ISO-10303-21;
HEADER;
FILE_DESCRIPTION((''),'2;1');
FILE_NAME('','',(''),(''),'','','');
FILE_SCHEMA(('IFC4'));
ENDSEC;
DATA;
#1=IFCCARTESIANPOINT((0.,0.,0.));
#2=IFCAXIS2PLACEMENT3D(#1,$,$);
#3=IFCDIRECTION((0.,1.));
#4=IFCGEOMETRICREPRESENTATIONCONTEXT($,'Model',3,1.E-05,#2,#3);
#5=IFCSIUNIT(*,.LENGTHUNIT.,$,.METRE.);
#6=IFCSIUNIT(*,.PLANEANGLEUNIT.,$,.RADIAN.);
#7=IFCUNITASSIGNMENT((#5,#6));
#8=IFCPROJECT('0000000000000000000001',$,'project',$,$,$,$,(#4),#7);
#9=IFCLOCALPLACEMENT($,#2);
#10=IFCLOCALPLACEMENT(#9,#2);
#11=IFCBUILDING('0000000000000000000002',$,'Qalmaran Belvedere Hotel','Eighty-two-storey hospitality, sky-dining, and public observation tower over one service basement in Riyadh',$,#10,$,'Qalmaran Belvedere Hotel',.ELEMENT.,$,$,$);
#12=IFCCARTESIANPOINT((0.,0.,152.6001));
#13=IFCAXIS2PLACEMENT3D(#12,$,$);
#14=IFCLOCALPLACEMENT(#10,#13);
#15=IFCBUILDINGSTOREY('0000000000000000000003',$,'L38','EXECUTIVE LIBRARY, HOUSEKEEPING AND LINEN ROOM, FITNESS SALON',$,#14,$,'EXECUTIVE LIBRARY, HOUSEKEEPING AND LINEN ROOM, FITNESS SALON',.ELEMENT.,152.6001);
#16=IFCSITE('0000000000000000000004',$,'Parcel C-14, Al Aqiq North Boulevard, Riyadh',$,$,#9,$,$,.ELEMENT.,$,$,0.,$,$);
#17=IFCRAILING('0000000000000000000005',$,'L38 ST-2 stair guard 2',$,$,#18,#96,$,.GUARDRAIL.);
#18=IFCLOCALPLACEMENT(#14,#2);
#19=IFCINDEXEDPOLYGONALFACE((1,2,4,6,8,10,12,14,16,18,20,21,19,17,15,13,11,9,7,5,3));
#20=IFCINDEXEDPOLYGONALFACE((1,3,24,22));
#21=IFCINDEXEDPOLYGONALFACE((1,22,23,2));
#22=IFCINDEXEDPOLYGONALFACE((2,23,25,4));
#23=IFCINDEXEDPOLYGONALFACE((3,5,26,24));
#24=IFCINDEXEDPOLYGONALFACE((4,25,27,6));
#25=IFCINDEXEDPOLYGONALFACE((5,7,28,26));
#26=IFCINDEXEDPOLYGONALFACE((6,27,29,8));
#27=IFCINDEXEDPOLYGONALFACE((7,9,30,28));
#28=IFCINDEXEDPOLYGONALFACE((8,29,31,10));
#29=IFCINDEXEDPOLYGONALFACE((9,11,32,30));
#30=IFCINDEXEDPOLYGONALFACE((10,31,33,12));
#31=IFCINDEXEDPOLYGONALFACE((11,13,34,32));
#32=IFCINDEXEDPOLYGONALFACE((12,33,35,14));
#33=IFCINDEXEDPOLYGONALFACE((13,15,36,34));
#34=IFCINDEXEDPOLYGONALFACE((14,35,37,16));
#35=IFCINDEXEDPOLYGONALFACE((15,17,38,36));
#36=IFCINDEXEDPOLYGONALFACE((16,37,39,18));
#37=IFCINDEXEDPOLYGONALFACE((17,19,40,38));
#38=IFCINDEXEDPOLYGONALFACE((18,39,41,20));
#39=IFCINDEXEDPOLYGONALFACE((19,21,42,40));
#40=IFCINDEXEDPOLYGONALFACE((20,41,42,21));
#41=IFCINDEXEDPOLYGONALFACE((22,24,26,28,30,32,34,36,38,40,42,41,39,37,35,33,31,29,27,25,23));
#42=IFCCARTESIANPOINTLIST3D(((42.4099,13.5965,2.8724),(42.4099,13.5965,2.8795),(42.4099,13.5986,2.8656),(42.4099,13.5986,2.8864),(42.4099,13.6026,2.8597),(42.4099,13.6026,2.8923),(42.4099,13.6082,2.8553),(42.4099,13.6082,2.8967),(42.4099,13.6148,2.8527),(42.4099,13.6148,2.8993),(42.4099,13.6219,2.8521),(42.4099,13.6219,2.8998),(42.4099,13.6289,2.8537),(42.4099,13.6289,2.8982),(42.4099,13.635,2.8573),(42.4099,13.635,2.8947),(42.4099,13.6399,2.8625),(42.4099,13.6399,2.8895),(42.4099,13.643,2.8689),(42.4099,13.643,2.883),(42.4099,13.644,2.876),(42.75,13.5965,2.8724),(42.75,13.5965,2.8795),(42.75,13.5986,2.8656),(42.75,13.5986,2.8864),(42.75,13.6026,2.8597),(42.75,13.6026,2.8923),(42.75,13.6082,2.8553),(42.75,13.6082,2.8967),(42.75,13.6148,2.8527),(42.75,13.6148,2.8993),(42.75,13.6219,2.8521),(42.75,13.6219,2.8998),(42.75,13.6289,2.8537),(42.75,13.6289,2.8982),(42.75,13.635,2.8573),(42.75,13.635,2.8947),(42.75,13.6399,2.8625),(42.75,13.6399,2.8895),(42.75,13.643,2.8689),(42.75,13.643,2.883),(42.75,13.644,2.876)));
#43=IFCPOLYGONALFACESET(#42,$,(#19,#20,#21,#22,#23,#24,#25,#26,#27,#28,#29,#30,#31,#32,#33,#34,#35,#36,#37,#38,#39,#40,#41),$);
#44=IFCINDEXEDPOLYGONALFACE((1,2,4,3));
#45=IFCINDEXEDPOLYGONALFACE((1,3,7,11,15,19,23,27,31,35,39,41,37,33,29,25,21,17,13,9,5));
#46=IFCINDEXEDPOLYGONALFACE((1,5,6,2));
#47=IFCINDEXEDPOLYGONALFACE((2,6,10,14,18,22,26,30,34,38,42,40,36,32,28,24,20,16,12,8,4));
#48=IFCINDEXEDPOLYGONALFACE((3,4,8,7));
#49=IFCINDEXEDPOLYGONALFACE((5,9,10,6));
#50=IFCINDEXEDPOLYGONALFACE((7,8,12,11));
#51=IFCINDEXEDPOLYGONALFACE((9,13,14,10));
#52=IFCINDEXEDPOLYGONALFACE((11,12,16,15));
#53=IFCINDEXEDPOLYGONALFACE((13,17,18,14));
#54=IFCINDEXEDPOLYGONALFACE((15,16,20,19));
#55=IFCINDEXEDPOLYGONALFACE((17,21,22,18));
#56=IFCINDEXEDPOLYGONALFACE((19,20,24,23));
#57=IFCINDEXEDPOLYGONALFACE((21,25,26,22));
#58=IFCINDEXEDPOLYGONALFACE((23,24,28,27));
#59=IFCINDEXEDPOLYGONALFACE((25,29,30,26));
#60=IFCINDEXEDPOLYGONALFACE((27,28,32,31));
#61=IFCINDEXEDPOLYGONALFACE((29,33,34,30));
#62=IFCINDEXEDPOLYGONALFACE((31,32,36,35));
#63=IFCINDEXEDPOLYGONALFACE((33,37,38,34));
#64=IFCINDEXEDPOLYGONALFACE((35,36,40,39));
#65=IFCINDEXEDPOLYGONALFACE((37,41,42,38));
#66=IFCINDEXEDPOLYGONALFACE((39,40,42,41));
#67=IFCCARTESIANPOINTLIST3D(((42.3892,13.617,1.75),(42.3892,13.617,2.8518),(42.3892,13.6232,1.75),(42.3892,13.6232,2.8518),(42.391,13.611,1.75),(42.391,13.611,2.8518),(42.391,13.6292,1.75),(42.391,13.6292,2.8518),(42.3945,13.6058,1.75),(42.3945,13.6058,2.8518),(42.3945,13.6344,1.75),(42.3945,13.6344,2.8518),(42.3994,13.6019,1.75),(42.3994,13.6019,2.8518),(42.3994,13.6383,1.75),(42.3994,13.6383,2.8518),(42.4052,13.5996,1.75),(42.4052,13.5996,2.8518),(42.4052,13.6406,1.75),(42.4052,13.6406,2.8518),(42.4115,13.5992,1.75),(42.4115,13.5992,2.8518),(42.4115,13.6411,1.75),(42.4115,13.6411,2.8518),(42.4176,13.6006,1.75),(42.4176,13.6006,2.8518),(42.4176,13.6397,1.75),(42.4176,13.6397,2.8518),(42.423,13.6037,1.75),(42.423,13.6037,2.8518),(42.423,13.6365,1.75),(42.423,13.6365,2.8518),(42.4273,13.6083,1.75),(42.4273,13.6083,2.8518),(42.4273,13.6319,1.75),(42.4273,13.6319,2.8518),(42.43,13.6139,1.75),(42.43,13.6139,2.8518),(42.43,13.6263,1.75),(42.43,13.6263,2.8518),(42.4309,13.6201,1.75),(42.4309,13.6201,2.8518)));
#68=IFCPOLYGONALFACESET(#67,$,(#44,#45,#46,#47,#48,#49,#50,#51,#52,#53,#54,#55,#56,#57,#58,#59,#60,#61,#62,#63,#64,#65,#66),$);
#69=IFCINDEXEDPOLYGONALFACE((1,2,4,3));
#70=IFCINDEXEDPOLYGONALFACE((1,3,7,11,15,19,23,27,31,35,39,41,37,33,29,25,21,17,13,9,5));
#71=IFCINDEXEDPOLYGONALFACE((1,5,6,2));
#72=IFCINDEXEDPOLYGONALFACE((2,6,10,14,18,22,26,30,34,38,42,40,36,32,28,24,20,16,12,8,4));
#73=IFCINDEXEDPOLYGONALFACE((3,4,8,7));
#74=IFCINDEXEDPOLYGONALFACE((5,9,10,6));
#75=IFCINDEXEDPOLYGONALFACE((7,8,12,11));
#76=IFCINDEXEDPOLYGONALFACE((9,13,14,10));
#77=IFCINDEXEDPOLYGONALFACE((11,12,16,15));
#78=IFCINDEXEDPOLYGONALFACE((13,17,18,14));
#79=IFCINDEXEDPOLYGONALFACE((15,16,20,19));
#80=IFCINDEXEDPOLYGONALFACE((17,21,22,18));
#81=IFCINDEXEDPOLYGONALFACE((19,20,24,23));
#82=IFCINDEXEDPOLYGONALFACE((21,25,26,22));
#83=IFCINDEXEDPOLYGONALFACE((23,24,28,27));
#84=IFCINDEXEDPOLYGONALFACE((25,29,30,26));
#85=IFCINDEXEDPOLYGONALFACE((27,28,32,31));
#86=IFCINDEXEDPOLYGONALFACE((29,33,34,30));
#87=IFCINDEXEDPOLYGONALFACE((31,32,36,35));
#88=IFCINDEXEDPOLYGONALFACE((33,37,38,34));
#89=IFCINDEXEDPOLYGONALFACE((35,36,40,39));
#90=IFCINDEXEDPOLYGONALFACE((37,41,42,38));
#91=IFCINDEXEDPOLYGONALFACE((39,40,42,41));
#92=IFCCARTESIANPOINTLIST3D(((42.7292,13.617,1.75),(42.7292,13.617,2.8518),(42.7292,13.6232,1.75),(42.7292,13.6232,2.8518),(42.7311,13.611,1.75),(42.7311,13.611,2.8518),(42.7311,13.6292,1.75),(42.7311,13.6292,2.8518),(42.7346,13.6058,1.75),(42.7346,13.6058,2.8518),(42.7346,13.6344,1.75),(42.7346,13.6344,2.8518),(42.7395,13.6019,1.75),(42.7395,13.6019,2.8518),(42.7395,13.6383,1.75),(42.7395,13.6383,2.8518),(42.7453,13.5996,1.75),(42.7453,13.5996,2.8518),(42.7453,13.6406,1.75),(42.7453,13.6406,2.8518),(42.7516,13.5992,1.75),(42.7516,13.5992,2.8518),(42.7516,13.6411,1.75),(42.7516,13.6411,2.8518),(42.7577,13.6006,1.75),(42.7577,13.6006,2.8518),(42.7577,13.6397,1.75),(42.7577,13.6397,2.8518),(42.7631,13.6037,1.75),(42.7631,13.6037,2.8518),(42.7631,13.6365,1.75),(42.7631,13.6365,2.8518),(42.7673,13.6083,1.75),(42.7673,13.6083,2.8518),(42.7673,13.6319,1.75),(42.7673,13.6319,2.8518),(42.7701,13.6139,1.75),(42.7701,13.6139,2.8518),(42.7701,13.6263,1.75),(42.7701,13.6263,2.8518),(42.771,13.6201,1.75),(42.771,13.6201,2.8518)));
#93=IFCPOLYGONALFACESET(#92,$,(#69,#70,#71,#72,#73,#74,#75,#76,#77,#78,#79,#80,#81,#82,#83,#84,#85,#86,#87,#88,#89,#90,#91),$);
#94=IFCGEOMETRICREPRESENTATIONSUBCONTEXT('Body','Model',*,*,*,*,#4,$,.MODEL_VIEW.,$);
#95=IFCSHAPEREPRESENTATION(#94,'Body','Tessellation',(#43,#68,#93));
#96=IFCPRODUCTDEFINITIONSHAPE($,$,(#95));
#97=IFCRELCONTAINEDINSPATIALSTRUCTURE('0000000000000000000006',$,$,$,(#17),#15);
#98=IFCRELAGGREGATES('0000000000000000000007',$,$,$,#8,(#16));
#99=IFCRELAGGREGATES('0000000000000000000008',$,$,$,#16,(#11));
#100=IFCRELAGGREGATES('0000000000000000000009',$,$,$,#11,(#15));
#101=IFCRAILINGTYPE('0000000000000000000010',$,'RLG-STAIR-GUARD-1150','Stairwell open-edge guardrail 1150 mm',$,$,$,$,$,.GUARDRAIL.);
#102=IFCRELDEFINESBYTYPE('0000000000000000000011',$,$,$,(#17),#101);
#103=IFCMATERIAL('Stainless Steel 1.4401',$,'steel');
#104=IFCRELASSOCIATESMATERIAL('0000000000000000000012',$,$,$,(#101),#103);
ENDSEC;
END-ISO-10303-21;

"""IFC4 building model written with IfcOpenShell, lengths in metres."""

from ifc_helpers import new_model, si_unit, direction, frame, origin, origin_2d, place, context, subcontext, project, spatial, circle, extrude, material, type_object, element, save


model = new_model("IFC4")

# Units and contexts
model_context = context("Model", 3, precision=1e-05, world=origin(), true_north=direction((0.0, 1.0)))
body_context = subcontext(model_context, "Body", "Model", "MODEL_VIEW")
ifc_project = project(units=[si_unit("LENGTHUNIT", "METRE"), si_unit("PLANEANGLEUNIT", "RADIAN")], contexts=[model_context])

# Site, building, storey
site_placement = place(None, origin())
site = spatial("IfcSite", under=ifc_project, at=site_placement, Name="Parcel C-14, Al Aqiq North Boulevard, Riyadh", CompositionType="ELEMENT", RefElevation=0.0)
building_placement = place(site_placement, origin())
building = spatial("IfcBuilding", under=site, at=building_placement, Name="Qalmaran Belvedere Hotel", Description="Eighty-two-storey hospitality, sky-dining, and public observation tower over one service basement in Riyadh", LongName="Qalmaran Belvedere Hotel", CompositionType="ELEMENT")
storey_placement = place(building_placement, frame((0.0, 0.0, 152.6001)))
storey = spatial("IfcBuildingStorey", under=building, at=storey_placement, Name="L38", Description="EXECUTIVE LIBRARY, HOUSEKEEPING AND LINEN ROOM, FITNESS SALON", LongName="EXECUTIVE LIBRARY, HOUSEKEEPING AND LINEN ROOM, FITNESS SALON", CompositionType="ELEMENT", Elevation=152.6001)

# Railing
ifc_material_1 = material(Name="Stainless Steel 1.4401", Category="steel")
railing_type_1 = type_object("IfcRailingType", Name="RLG-STAIR-GUARD-1150", Description="Stairwell open-edge guardrail 1150 mm", PredefinedType="GUARDRAIL", material=ifc_material_1)
railing_1_placement = place(storey_placement, frame((42.4099, 13.6201, 1.75)))
element("IfcRailing", 1, at=railing_1_placement, inside=storey, type_object=railing_type_1, Name="L38 ST-2 stair guard 2", PredefinedType="GUARDRAIL", context=body_context, shape_type="SweptSolid", body=[
    extrude(circle(Radius=0.0239, at=origin_2d()), frame((0.0, 0.0, 1.126), z_axis=(1.0, 0.0, 0.0), x_axis=(0.0, 1.0, 0.0)), (0.0, 0.0, 1.0), 0.3401),
    extrude(circle(Radius=0.021, at=origin_2d()), origin(), (0.0, 0.0, 1.0), 1.1018),
    extrude(circle(Radius=0.021, at=origin_2d()), frame((0.3401, 0.0, 0.0)), (0.0, 0.0, 1.0), 1.1018),
])

save(model, "model.ifc")
